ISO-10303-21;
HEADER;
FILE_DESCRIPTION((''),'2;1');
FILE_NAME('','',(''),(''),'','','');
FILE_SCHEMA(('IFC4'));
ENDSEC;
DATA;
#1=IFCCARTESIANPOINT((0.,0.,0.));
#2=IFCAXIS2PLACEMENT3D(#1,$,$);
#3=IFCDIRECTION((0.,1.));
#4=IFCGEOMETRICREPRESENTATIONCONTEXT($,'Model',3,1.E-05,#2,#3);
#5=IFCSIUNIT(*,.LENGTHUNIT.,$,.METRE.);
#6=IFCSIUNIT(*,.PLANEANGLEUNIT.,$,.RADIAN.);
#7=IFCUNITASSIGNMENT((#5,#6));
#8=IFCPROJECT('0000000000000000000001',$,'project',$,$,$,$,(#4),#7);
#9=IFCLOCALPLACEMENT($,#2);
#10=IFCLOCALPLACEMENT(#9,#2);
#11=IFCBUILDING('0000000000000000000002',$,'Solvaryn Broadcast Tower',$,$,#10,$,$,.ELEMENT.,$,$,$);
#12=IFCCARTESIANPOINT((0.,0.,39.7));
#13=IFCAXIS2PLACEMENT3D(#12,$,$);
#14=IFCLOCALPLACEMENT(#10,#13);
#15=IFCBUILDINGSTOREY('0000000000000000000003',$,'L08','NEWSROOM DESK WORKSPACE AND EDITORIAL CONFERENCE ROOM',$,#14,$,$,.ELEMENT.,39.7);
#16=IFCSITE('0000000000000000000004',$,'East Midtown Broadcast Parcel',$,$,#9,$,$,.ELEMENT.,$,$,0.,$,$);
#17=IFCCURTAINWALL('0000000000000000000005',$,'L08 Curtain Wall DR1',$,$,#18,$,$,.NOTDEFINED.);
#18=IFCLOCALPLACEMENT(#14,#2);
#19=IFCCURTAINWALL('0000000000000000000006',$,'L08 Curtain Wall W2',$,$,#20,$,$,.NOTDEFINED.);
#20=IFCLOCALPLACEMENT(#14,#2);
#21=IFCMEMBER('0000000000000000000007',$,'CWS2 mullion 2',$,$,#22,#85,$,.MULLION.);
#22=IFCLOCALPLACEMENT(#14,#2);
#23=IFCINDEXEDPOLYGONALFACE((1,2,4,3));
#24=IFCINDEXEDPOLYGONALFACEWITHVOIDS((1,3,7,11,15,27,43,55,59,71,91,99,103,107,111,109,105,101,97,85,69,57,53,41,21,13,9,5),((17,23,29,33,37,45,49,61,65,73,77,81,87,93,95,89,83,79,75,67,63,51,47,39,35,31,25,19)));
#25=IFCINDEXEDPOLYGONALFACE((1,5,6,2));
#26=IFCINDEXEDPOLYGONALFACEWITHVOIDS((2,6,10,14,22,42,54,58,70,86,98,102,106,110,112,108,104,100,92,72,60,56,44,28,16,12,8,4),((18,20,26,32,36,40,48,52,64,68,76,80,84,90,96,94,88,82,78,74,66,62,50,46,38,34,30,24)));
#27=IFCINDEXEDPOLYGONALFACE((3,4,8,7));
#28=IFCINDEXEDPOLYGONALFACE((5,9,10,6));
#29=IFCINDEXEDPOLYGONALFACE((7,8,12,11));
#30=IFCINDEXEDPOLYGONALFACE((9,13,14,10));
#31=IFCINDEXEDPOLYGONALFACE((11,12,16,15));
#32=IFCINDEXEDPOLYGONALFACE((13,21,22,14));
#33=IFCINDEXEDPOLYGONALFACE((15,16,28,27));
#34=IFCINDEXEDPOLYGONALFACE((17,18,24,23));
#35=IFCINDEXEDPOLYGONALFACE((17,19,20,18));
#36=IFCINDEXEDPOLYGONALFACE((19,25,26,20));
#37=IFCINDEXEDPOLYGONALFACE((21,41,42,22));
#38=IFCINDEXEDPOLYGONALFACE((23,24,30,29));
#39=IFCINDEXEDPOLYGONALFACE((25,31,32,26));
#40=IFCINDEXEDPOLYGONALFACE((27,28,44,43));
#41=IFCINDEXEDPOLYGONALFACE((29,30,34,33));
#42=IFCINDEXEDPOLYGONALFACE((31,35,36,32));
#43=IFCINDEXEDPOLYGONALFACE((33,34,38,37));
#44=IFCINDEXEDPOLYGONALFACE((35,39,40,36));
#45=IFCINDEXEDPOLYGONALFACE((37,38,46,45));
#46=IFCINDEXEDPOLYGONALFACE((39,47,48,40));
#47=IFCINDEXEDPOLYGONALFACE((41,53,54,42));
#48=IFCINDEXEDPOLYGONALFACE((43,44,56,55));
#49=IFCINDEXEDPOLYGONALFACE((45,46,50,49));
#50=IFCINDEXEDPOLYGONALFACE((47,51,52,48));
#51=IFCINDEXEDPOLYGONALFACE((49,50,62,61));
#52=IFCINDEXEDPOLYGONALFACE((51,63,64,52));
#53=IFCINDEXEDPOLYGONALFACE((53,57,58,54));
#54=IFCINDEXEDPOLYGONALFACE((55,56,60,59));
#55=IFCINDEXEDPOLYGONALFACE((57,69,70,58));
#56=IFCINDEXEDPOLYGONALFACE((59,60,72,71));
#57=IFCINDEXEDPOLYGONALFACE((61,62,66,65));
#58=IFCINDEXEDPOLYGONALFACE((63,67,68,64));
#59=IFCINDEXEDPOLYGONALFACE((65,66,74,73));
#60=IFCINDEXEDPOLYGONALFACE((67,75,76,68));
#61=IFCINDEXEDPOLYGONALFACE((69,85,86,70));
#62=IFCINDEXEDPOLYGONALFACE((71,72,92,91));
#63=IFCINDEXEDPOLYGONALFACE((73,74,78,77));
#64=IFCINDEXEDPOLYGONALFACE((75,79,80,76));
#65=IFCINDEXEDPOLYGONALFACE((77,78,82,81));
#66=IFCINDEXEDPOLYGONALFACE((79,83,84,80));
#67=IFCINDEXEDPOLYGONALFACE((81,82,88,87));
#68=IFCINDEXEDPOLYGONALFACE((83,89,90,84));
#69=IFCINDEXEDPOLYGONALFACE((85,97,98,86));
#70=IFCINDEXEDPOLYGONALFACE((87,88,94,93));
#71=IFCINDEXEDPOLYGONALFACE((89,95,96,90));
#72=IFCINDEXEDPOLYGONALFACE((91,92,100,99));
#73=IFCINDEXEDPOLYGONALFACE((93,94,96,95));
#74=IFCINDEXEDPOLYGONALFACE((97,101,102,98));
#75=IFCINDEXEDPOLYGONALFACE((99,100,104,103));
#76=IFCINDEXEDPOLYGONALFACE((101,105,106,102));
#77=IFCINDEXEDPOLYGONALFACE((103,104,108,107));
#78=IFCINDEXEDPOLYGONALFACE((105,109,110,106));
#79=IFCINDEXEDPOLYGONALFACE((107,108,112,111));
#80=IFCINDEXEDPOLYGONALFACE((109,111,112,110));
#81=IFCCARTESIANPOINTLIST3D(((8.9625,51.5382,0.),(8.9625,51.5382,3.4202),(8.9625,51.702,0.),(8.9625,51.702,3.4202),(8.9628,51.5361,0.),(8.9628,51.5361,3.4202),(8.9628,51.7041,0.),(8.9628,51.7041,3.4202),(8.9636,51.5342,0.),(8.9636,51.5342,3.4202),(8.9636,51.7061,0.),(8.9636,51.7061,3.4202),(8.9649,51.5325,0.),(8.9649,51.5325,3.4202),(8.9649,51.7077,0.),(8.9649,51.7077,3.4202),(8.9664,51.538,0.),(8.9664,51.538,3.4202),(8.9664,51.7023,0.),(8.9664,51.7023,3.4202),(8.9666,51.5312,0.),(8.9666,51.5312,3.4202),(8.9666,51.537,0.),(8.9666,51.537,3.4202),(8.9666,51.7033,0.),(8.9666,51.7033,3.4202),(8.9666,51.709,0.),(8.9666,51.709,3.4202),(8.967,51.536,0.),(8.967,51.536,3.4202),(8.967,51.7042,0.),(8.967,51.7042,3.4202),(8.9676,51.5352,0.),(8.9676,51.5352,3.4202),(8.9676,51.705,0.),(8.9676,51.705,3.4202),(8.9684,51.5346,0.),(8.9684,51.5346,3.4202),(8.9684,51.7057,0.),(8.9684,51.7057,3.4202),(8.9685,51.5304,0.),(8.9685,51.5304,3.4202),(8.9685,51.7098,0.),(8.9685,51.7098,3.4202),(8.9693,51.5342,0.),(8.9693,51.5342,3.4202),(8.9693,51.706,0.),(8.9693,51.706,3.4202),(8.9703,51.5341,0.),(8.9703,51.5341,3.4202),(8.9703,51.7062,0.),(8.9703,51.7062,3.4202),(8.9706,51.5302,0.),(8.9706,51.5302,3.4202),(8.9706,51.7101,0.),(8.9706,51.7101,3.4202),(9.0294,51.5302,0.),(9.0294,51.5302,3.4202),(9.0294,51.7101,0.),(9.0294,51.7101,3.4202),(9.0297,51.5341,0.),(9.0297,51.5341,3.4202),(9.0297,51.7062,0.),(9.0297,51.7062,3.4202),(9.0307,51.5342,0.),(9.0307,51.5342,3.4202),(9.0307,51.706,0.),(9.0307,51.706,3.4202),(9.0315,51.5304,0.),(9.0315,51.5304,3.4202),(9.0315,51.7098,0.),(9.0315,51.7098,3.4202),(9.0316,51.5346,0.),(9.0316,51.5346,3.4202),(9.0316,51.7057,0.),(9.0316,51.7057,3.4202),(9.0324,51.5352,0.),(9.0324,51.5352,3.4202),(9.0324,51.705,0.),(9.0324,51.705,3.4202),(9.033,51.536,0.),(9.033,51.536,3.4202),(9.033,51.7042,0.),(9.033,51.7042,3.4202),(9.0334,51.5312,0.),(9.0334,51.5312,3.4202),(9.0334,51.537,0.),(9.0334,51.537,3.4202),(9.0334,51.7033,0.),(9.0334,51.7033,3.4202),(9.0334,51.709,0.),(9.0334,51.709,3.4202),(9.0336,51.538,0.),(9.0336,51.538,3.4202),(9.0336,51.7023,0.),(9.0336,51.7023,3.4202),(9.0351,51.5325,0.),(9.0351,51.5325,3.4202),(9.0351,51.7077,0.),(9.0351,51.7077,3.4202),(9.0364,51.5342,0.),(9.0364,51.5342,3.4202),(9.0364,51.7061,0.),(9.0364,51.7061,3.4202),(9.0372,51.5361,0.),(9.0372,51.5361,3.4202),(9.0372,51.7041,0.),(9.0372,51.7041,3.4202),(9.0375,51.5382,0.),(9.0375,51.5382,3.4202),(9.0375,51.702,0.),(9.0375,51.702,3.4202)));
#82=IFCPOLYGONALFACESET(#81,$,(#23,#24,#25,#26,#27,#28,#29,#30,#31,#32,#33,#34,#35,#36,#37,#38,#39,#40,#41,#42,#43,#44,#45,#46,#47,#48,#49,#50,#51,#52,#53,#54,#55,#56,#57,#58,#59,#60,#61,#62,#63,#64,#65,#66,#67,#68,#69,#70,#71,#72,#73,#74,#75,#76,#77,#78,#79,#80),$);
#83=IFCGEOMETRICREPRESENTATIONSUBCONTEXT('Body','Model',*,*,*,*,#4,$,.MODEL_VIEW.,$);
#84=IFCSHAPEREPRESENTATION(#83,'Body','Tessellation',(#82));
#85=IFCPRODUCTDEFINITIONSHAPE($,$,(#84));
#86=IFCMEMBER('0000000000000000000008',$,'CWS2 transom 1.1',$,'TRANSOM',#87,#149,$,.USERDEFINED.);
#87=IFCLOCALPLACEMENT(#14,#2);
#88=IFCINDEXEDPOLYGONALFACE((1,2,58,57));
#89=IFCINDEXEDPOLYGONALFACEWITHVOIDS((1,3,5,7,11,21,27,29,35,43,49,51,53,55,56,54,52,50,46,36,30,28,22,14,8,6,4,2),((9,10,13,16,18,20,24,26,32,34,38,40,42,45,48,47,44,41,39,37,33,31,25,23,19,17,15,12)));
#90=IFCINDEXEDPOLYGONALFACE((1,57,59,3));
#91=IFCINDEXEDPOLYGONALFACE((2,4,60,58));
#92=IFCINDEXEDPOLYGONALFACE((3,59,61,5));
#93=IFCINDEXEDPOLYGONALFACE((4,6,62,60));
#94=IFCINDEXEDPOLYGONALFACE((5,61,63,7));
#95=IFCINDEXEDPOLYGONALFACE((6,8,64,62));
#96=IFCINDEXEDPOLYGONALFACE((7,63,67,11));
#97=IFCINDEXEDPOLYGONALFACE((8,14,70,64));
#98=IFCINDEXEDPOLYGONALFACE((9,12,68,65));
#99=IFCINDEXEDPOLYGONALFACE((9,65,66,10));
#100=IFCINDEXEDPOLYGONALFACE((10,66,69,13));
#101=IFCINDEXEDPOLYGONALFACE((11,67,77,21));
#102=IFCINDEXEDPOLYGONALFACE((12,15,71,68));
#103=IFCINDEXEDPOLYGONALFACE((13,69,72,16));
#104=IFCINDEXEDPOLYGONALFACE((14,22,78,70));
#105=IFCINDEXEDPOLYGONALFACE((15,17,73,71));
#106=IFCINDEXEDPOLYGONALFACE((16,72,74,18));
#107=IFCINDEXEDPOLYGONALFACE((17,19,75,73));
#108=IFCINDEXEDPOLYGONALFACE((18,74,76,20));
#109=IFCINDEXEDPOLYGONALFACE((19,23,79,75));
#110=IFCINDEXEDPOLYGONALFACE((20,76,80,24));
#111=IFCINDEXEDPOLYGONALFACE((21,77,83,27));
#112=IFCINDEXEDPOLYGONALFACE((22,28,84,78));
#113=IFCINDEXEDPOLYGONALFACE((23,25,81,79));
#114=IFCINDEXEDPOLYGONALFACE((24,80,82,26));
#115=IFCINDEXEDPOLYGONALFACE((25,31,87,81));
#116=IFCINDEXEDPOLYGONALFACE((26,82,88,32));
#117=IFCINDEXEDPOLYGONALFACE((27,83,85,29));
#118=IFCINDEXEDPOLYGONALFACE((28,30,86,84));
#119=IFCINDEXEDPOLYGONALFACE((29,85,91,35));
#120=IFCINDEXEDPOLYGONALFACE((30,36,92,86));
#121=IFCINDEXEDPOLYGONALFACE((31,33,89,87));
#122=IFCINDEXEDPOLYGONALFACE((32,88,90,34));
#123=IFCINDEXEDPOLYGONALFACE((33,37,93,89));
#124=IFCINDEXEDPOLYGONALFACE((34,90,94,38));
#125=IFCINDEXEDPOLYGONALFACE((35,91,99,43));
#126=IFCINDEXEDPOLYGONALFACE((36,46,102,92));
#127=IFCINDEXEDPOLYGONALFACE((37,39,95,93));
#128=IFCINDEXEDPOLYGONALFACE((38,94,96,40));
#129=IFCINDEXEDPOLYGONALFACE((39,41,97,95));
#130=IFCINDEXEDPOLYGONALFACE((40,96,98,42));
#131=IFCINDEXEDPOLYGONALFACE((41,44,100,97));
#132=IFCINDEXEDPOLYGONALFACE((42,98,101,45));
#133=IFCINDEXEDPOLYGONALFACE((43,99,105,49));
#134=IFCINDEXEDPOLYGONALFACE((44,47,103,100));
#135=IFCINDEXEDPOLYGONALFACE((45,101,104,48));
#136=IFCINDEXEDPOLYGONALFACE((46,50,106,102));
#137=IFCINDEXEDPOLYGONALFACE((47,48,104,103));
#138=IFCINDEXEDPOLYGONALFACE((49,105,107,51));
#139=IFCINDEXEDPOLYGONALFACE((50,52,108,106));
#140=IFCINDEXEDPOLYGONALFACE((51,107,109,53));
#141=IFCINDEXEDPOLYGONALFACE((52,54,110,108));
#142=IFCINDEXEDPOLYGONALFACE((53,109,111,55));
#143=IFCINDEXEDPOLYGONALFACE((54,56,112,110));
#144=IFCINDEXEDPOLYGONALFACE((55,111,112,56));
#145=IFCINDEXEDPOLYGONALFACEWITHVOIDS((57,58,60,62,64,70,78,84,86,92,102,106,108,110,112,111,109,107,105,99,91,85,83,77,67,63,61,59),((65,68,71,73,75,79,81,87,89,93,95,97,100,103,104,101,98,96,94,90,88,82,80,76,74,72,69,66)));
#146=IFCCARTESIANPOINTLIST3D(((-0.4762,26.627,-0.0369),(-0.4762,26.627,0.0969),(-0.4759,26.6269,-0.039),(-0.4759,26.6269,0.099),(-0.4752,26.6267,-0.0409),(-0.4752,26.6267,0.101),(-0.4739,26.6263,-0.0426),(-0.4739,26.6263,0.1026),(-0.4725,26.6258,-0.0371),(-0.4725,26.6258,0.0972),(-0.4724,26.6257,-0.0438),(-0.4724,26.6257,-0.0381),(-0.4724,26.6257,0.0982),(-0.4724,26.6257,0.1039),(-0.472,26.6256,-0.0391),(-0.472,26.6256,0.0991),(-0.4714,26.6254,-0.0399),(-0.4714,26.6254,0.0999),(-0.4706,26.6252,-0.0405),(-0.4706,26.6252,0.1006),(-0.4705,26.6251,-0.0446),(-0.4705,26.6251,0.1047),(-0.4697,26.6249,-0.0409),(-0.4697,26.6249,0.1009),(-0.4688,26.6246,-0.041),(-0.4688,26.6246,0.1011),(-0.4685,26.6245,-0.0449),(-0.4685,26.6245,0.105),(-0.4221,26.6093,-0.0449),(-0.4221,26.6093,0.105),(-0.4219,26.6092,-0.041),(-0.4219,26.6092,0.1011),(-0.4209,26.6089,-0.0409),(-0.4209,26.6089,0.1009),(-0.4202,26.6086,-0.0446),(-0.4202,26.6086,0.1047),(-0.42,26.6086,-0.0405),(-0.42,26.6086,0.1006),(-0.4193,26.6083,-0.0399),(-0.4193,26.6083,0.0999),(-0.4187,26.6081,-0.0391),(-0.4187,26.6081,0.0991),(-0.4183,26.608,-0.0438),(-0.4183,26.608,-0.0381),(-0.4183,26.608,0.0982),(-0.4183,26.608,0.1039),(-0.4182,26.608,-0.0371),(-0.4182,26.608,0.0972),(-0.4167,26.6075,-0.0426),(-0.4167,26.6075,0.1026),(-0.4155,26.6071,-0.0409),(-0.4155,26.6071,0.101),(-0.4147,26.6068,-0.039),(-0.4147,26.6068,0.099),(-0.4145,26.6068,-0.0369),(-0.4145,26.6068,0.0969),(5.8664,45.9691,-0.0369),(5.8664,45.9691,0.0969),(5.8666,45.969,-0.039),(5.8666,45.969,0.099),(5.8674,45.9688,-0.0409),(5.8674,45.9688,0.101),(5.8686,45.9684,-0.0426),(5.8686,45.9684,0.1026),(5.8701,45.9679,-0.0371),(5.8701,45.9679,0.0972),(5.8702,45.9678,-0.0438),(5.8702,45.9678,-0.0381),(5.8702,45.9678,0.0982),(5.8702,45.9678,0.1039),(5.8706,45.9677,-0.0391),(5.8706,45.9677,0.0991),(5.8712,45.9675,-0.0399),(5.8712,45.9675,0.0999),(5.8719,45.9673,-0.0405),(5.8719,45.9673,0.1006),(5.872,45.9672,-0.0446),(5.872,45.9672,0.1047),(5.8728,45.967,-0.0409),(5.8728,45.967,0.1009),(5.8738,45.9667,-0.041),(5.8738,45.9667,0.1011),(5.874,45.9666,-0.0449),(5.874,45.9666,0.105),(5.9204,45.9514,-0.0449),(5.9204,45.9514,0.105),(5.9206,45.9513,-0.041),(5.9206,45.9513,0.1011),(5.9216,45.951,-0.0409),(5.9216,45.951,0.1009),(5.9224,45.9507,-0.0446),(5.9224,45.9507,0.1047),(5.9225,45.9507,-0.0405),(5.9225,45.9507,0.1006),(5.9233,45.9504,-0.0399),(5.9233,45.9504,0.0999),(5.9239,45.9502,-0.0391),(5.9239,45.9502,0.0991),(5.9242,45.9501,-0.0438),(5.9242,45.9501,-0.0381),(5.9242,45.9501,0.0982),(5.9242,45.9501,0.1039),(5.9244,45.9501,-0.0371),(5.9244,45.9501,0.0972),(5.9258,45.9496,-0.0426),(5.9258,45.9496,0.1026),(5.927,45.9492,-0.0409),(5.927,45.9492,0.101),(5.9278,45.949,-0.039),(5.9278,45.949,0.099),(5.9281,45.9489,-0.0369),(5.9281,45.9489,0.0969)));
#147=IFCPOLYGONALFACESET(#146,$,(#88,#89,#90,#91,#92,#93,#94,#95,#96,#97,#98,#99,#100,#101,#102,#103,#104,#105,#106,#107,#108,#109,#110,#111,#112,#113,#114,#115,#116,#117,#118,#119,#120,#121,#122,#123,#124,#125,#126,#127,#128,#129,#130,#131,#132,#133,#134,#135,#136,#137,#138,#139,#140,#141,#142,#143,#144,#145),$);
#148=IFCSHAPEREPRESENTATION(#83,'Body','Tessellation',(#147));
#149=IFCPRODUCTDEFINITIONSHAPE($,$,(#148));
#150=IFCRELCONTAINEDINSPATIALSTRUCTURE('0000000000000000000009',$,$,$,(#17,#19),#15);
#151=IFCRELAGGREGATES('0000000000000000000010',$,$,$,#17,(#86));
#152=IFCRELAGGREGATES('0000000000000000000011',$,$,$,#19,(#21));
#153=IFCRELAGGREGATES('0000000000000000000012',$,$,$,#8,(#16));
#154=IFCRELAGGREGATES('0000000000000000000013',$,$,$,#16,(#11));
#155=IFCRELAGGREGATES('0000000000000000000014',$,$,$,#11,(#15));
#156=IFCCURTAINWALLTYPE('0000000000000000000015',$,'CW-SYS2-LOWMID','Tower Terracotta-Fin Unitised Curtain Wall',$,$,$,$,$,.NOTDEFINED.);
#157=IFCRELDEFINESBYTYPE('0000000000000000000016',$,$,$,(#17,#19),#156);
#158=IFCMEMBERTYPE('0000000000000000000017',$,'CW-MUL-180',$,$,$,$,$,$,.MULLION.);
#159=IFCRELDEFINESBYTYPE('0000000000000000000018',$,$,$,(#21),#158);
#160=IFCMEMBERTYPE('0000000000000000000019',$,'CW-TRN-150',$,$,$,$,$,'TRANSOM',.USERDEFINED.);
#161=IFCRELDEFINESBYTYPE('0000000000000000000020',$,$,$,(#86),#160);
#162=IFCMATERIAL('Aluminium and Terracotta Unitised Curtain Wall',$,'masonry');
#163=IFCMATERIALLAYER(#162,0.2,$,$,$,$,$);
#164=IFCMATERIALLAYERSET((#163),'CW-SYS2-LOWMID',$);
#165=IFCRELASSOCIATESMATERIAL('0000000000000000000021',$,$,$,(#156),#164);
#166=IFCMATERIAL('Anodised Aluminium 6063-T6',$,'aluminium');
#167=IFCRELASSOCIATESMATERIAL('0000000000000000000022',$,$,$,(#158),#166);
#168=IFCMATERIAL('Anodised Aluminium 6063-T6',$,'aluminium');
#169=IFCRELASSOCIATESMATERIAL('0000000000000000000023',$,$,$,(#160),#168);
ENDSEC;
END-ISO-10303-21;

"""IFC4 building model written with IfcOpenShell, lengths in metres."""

from ifc_helpers import new_model, si_unit, direction, frame, origin, origin_2d, place, context, subcontext, project, spatial, hollow_rectangle, extrude, material, layer, layer_set, material_profile, profile_set, type_object, element, aggregate, save


model = new_model("IFC4")

# Units and contexts
model_context = context("Model", 3, precision=1e-05, world=origin(), true_north=direction((0.0, 1.0)))
body_context = subcontext(model_context, "Body", "Model", "MODEL_VIEW")
ifc_project = project(units=[si_unit("LENGTHUNIT", "METRE"), si_unit("PLANEANGLEUNIT", "RADIAN")], contexts=[model_context])

# Site, building, storey
site_placement = place(None, origin())
site = spatial("IfcSite", under=ifc_project, at=site_placement, Name="East Midtown Broadcast Parcel", CompositionType="ELEMENT", RefElevation=0.0)
building_placement = place(site_placement, origin())
building = spatial("IfcBuilding", under=site, at=building_placement, Name="Solvaryn Broadcast Tower", CompositionType="ELEMENT")
storey_placement = place(building_placement, frame((0.0, 0.0, 39.7)))
storey = spatial("IfcBuildingStorey", under=building, at=storey_placement, Name="L08", Description="NEWSROOM DESK WORKSPACE AND EDITORIAL CONFERENCE ROOM", CompositionType="ELEMENT", Elevation=39.7)

# Curtain wall
ifc_material_1 = material(Name="Aluminium and Terracotta Unitised Curtain Wall", Category="masonry")
ifc_layer_1 = layer(ifc_material_1, 0.2)
ifc_layer_set_1 = layer_set([ifc_layer_1], Name="CW-SYS2-LOWMID")
curtain_wall_type = type_object("IfcCurtainWallType", Name="CW-SYS2-LOWMID", Description="Tower Terracotta-Fin Unitised Curtain Wall", PredefinedType="NOTDEFINED", material=ifc_layer_set_1)
curtain_wall_1_placement = place(storey_placement, origin())
curtain_wall_1 = element("IfcCurtainWall", 1, at=curtain_wall_1_placement, inside=storey, type_object=curtain_wall_type, Name="L08 Curtain Wall DR1", PredefinedType="NOTDEFINED")
ifc_material_2 = material(Name="Anodised Aluminium 6063-T6", Category="aluminium")
ifc_material_profile_1 = material_profile(ifc_material_2, hollow_rectangle(XDim=0.075, YDim=0.1799, WallThickness=0.0039, InnerFilletRadius=0.0039, OuterFilletRadius=0.0081, at=origin_2d()))
ifc_profile_set_1 = profile_set([ifc_material_profile_1], Name="Anodised Aluminium 6063-T6")
member_type_1 = type_object("IfcMemberType", Name="CW-MUL-180", PredefinedType="MULLION", material=ifc_profile_set_1)

# Curtain wall, member
curtain_wall_2_placement = place(storey_placement, origin())
curtain_wall_2 = element("IfcCurtainWall", 2, at=curtain_wall_2_placement, inside=storey, type_object=curtain_wall_type, Name="L08 Curtain Wall W2", PredefinedType="NOTDEFINED")
member_1_placement = place(storey_placement, frame((9.0, 51.6201, 0.0), z_axis=(0.0, 0.0, 1.0), x_axis=(-1.0, 0.0, 0.0)))
member_1 = element("IfcMember", 3, at=member_1_placement, type_object=member_type_1, Name="CWS2 mullion 2", PredefinedType="MULLION", context=body_context, shape_type="SweptSolid", body=[
    extrude(hollow_rectangle(XDim=0.075, YDim=0.1799, WallThickness=0.0039, InnerFilletRadius=0.0039, OuterFilletRadius=0.0081, at=origin_2d()), origin(), (0.0, 0.0, 1.0), 3.4202),
])

# Member
ifc_material_3 = material(Name="Anodised Aluminium 6063-T6", Category="aluminium")
ifc_material_profile_2 = material_profile(ifc_material_3, hollow_rectangle(XDim=0.0649, YDim=0.1499, WallThickness=0.0039, InnerFilletRadius=0.0039, OuterFilletRadius=0.0081, at=origin_2d()))
ifc_profile_set_2 = profile_set([ifc_material_profile_2], Name="Anodised Aluminium 6063-T6")
member_type_2 = type_object("IfcMemberType", Name="CW-TRN-150", ElementType="TRANSOM", PredefinedType="USERDEFINED", material=ifc_profile_set_2)
member_2_placement = place(storey_placement, frame((5.8972, 45.959, 0.03), z_axis=(-0.31159, -0.950217, 0.0), x_axis=(0.950217, -0.31159, 0.0)))
member_2 = element("IfcMember", 4, at=member_2_placement, type_object=member_type_2, Name="CWS2 transom 1.1", ObjectType="TRANSOM", PredefinedType="USERDEFINED", context=body_context, shape_type="SweptSolid", body=[
    extrude(hollow_rectangle(XDim=0.0649, YDim=0.1499, WallThickness=0.0039, InnerFilletRadius=0.0039, OuterFilletRadius=0.0081, at=origin_2d()), origin(), (0.0, 0.0, 1.0), 20.3555),
])
aggregate(curtain_wall_1, [member_2])

aggregate(curtain_wall_2, [member_1])

save(model, "model.ifc")
